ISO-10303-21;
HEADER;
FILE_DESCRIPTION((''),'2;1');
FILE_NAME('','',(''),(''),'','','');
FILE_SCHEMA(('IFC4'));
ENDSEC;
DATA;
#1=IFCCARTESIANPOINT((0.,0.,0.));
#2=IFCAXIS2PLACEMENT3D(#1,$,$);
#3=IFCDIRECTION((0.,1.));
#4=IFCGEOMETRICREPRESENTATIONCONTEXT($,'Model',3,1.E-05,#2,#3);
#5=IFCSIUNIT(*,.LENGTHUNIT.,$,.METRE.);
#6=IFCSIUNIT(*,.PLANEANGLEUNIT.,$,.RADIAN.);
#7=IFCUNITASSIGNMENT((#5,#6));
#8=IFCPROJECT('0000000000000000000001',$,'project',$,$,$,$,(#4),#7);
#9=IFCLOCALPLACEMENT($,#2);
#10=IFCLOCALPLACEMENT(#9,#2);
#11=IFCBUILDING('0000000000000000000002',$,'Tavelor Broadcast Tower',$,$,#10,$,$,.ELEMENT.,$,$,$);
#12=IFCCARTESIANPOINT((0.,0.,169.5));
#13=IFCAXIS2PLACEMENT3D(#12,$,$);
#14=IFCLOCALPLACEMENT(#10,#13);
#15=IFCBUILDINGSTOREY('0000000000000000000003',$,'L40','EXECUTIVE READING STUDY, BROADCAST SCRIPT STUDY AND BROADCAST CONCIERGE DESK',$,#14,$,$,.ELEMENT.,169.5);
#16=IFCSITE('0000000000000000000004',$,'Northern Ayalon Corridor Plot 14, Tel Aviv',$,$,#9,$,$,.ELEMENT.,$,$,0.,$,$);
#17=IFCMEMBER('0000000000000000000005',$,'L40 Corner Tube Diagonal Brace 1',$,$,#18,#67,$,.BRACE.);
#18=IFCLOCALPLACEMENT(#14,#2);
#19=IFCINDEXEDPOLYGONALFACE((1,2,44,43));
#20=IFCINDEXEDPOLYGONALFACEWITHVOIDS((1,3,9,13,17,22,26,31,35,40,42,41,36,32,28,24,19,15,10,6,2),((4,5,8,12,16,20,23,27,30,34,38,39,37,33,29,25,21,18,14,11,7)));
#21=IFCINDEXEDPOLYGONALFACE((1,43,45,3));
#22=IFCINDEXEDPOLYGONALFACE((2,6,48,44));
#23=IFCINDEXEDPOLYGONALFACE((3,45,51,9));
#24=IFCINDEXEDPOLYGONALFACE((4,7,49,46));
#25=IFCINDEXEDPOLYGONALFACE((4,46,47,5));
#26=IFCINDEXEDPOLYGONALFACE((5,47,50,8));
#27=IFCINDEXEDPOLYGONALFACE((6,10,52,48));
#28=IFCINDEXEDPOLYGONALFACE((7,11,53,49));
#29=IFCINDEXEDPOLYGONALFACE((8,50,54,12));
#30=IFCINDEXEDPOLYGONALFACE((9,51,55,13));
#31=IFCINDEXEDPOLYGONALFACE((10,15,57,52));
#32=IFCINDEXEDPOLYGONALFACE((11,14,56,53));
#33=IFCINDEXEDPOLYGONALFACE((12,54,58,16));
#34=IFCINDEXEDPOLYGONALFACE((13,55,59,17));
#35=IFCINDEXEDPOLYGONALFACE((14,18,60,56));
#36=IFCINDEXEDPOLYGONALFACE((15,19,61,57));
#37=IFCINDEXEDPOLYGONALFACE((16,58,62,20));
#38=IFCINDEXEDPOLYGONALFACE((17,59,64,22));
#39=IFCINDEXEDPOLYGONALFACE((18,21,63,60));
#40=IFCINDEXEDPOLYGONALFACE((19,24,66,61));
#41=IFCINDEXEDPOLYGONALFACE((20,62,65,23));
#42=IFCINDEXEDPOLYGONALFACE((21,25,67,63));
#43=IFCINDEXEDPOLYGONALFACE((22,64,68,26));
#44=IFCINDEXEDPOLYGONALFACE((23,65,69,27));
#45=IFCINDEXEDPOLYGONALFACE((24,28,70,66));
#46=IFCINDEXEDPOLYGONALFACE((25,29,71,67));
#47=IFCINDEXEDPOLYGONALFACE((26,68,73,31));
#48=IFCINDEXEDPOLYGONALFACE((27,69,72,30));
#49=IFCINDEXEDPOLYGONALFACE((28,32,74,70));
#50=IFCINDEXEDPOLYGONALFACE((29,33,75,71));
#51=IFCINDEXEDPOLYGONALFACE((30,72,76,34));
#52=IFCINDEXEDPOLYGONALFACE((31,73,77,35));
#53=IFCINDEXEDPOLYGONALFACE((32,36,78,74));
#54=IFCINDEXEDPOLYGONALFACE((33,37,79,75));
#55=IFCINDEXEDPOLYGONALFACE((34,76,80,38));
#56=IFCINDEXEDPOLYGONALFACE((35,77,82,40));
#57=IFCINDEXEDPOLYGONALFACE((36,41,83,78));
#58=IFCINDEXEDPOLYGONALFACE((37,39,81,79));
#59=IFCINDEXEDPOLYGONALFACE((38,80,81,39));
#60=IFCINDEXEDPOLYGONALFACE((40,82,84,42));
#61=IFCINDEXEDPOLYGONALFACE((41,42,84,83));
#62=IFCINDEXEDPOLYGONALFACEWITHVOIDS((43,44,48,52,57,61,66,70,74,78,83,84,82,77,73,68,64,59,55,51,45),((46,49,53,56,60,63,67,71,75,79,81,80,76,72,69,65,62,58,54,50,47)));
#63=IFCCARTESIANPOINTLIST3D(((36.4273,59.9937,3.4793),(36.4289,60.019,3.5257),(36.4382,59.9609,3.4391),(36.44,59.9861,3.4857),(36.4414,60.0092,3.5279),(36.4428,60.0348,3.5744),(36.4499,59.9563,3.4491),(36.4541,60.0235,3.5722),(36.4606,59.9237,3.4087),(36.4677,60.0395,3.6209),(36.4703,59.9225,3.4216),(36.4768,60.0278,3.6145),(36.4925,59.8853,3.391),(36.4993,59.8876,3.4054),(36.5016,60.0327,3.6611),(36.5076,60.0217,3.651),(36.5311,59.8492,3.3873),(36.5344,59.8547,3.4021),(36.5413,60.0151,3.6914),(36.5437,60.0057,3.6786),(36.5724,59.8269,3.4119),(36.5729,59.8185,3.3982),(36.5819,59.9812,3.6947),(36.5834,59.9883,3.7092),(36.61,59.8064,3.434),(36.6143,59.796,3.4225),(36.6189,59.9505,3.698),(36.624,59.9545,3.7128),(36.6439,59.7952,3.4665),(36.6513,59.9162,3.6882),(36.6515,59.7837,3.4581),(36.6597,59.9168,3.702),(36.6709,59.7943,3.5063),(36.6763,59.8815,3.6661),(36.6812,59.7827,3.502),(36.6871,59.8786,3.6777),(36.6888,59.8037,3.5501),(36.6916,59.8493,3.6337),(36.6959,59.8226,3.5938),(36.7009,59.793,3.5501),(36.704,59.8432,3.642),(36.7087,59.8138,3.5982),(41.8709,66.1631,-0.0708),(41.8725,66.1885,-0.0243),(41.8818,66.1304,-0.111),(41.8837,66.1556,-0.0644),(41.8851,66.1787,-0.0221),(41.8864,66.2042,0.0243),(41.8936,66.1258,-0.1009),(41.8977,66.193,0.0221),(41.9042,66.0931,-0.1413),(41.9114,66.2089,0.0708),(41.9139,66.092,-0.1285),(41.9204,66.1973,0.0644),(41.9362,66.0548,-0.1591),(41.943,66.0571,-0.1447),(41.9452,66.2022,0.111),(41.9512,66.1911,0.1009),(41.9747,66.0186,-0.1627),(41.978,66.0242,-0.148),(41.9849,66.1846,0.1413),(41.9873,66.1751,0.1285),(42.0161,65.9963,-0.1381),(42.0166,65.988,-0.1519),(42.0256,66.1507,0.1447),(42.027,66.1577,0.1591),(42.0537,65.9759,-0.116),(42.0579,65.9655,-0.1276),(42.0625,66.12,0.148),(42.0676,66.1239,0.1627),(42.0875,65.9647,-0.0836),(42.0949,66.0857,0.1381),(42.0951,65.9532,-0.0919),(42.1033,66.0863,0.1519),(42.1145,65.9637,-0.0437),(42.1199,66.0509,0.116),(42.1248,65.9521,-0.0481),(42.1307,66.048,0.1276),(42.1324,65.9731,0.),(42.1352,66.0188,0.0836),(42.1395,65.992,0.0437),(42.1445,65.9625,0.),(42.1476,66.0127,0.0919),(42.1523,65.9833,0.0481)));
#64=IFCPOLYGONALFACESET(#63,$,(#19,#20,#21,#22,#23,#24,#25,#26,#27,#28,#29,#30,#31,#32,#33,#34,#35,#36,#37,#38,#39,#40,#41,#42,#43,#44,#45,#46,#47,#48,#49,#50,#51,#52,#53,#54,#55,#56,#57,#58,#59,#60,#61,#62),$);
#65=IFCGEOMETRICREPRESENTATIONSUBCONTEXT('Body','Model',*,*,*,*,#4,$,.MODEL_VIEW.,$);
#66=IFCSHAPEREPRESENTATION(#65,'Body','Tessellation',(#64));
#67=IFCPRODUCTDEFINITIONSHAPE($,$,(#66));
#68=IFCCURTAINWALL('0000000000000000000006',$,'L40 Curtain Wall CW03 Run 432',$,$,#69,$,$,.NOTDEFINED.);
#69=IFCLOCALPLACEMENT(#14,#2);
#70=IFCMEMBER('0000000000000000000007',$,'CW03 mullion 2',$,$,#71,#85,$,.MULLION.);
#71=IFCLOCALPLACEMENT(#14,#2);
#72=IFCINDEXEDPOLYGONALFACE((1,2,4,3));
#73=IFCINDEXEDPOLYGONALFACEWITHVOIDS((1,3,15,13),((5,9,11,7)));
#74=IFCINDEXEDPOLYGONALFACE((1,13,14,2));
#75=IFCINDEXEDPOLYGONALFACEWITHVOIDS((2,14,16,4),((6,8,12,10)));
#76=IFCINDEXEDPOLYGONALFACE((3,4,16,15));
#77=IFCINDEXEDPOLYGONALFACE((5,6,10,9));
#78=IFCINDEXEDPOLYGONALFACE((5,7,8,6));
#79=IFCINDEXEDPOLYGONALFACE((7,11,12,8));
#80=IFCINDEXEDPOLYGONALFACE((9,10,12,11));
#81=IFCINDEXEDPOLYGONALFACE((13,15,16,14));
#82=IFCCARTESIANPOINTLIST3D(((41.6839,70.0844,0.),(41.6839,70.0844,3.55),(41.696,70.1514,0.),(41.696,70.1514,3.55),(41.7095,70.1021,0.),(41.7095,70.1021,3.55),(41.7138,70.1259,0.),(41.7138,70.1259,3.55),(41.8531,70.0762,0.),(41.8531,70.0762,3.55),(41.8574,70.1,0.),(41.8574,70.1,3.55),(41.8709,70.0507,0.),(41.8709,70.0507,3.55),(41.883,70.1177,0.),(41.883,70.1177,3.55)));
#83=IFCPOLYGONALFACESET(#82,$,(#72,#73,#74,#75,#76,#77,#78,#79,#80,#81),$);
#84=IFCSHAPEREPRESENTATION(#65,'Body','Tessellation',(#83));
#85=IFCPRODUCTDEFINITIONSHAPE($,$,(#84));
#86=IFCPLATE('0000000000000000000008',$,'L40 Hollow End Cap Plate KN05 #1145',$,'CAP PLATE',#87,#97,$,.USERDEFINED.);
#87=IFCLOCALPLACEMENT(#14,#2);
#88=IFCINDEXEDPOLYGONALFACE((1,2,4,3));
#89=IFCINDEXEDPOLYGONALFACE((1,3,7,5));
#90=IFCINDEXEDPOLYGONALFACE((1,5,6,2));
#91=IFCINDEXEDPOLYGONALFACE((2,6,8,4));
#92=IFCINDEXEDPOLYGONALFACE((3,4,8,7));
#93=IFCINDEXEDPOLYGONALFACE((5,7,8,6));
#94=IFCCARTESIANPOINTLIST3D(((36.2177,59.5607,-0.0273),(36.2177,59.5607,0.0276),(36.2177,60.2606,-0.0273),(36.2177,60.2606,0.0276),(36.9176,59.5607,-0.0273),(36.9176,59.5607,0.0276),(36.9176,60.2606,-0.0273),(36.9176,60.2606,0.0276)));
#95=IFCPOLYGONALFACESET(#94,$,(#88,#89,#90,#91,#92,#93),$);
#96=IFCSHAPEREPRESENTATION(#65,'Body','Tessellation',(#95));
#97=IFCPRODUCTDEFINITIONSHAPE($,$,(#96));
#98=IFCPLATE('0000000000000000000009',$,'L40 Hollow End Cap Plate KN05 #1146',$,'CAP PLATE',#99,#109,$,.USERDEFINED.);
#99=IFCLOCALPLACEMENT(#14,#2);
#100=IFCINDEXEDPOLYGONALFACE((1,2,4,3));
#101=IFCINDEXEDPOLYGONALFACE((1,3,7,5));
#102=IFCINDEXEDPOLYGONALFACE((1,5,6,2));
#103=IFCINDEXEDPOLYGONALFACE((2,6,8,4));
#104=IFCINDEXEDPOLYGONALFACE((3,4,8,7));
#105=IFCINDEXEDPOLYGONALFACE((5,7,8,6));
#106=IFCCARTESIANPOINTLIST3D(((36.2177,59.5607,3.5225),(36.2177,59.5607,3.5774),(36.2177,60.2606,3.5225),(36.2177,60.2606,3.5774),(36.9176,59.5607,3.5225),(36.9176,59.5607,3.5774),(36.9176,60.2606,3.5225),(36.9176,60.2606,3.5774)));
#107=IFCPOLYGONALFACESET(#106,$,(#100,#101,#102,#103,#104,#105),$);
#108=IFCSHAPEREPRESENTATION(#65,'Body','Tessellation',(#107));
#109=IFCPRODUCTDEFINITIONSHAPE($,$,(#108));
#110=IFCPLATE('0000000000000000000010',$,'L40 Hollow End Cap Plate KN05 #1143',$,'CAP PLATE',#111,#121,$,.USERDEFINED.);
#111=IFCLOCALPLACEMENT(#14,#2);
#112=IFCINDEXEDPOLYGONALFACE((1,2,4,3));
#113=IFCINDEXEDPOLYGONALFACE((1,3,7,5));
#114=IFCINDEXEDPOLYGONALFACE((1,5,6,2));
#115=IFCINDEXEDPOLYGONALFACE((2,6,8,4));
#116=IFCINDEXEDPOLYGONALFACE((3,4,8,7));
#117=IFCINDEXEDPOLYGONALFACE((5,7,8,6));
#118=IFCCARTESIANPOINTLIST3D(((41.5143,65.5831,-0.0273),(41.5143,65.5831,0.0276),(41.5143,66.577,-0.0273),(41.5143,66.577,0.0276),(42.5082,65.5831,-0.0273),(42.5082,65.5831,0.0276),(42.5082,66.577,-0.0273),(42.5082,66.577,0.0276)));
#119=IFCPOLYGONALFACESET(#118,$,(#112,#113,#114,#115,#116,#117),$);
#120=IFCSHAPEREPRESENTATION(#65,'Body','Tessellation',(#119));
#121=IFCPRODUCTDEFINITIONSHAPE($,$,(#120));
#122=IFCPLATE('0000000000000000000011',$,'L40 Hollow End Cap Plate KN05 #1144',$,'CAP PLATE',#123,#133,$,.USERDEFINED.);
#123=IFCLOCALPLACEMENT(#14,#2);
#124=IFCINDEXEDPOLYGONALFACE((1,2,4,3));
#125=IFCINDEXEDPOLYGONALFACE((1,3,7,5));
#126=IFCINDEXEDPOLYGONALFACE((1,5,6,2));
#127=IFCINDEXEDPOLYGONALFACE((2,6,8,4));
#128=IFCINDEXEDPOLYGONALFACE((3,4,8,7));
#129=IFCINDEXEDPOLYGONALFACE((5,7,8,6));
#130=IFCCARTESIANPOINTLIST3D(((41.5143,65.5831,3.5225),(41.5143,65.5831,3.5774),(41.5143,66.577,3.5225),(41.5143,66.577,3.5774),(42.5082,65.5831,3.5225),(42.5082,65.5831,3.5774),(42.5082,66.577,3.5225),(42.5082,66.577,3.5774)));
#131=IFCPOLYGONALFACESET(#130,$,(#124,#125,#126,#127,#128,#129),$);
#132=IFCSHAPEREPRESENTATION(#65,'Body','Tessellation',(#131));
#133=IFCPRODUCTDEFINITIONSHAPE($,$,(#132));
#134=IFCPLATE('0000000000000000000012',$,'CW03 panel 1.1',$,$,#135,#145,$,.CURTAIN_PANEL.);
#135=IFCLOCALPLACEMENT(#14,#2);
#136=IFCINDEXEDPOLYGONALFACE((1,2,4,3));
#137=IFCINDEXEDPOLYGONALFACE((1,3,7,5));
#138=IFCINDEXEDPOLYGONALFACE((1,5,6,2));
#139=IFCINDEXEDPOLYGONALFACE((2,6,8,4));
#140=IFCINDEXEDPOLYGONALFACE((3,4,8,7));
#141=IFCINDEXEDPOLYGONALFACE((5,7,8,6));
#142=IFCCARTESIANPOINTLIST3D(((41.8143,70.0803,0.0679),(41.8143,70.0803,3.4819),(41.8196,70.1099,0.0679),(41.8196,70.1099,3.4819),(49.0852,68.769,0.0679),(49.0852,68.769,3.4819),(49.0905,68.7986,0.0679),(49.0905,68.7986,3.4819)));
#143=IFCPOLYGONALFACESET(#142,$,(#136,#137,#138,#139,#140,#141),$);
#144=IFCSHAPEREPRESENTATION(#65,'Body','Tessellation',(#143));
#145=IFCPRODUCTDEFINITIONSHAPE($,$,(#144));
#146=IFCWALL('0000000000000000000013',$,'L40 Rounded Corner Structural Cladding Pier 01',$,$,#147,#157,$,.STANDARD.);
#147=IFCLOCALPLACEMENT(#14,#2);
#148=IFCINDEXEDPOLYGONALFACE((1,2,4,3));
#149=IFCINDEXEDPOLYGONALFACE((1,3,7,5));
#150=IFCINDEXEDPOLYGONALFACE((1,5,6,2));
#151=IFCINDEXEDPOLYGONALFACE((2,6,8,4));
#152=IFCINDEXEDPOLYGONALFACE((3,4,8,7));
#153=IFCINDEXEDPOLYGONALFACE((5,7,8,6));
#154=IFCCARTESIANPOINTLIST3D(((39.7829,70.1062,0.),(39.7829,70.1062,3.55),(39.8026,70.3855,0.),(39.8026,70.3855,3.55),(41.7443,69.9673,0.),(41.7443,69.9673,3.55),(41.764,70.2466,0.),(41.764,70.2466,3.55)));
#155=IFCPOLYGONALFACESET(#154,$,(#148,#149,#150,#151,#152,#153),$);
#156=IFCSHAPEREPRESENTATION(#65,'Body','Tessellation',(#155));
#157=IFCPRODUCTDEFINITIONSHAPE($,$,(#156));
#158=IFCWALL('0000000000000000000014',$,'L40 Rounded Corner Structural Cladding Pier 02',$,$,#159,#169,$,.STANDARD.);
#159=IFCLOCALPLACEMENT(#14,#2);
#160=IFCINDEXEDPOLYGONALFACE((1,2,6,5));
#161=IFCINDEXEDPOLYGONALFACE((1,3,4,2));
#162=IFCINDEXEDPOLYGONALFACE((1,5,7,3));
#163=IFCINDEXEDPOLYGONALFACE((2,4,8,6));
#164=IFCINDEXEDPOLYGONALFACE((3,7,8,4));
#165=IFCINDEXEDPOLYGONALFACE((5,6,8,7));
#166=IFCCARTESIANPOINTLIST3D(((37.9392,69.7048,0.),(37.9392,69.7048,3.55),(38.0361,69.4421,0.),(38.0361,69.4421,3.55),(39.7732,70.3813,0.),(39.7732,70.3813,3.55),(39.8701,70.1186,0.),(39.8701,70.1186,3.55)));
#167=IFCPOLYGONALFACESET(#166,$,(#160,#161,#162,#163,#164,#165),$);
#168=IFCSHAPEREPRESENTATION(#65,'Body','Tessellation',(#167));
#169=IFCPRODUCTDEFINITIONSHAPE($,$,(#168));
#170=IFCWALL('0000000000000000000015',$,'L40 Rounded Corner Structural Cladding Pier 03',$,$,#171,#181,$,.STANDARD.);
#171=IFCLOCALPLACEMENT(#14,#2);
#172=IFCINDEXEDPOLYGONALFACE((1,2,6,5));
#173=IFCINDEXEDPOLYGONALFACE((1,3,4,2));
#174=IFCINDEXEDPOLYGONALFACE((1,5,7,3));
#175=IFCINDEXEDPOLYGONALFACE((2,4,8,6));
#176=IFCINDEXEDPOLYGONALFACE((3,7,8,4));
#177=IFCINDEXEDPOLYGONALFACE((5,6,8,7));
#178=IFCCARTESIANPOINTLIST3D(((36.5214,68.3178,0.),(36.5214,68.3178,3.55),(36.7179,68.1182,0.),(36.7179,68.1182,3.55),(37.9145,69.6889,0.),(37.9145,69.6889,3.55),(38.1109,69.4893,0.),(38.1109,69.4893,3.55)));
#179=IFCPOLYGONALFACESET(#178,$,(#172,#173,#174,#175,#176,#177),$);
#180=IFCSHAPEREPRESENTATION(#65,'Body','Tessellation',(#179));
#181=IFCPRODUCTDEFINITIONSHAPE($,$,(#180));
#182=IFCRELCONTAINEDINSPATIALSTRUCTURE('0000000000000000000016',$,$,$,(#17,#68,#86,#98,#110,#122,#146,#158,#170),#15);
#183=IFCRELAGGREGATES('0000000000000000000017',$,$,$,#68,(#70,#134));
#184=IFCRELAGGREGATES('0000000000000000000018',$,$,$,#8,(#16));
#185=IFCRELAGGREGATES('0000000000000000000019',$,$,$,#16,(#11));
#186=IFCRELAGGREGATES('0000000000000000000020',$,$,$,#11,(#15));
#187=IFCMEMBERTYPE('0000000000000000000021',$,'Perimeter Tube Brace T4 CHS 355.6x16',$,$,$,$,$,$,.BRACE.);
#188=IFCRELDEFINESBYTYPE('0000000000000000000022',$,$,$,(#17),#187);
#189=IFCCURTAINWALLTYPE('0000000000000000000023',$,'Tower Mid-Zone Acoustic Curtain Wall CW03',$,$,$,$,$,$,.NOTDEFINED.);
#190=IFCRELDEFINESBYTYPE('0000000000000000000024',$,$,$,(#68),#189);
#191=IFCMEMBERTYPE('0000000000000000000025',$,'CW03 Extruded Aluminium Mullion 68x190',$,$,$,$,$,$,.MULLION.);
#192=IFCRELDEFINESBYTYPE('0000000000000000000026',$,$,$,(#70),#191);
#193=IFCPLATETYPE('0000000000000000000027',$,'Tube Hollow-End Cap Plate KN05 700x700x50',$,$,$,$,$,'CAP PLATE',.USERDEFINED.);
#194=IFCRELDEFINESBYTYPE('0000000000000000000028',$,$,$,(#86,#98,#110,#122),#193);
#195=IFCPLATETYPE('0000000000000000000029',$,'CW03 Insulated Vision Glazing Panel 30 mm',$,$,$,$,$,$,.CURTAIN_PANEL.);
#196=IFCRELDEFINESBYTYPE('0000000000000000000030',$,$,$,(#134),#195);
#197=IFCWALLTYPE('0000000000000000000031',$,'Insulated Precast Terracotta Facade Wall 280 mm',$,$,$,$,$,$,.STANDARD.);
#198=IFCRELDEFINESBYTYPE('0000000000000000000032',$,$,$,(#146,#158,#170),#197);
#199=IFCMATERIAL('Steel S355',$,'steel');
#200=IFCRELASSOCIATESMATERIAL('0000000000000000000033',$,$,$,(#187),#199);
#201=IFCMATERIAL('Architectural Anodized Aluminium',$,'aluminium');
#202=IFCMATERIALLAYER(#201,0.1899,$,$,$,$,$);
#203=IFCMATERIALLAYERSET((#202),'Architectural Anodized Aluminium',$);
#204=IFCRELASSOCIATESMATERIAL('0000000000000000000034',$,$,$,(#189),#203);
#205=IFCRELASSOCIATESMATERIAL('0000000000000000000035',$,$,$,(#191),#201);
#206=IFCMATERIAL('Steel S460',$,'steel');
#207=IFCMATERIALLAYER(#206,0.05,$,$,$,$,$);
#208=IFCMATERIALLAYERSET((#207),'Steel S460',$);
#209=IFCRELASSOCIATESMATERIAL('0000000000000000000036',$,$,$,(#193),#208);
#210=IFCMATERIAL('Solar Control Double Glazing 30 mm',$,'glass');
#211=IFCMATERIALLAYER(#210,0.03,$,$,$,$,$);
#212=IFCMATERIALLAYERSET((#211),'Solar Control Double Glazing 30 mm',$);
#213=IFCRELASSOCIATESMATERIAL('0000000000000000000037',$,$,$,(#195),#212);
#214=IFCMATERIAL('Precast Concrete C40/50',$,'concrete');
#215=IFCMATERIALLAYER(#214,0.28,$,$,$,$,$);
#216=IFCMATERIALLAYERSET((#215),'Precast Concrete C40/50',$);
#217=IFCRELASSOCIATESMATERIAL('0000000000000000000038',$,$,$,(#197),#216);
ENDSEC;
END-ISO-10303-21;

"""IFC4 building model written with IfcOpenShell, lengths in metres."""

from ifc_helpers import new_model, si_unit, direction, frame, frame_2d, origin, origin_2d, place, context, subcontext, project, spatial, rectangle, hollow_rectangle, hollow_circle, extrude, source, transform, mapped, material, layer, layer_set, material_profile, profile_set, type_object, type_shapes, element, aggregate, save


model = new_model("IFC4")

# Units and contexts
model_context = context("Model", 3, precision=1e-05, world=origin(), true_north=direction((0.0, 1.0)))
body_context = subcontext(model_context, "Body", "Model", "MODEL_VIEW")
ifc_project = project(units=[si_unit("LENGTHUNIT", "METRE"), si_unit("PLANEANGLEUNIT", "RADIAN")], contexts=[model_context])

# Site, building, storey
site_placement = place(None, origin())
site = spatial("IfcSite", under=ifc_project, at=site_placement, Name="Northern Ayalon Corridor Plot 14, Tel Aviv", CompositionType="ELEMENT", RefElevation=0.0)
building_placement = place(site_placement, origin())
building = spatial("IfcBuilding", under=site, at=building_placement, Name="Tavelor Broadcast Tower", CompositionType="ELEMENT")
storey_placement = place(building_placement, frame((0.0, 0.0, 169.5)))
storey = spatial("IfcBuildingStorey", under=building, at=storey_placement, Name="L40", Description="EXECUTIVE READING STUDY, BROADCAST SCRIPT STUDY AND BROADCAST CONCIERGE DESK", CompositionType="ELEMENT", Elevation=169.5)

# Shared definitions
ifc_material_1 = material(Name="Steel S460", Category="steel")

# Shared definitions
ifc_material_2 = material(Name="Steel S355", Category="steel")

# Member
ifc_material_profile_1 = material_profile(ifc_material_2, hollow_circle(Radius=0.1777, WallThickness=0.0161, at=origin_2d()), Name="CHS 355.6x16")
ifc_profile_set_1 = profile_set([ifc_material_profile_1], Name="Steel S355")
member_type_1 = type_object("IfcMemberType", Name="Perimeter Tube Brace T4 CHS 355.6x16", PredefinedType="BRACE", material=ifc_profile_set_1)
member_1_placement = place(storey_placement, frame((42.0112, 66.0801, 0.0), z_axis=(-0.607485, -0.688484, 0.396171), x_axis=(0.749839, -0.661621, 0.0)))
element("IfcMember", 1, at=member_1_placement, inside=storey, type_object=member_type_1, Name="L40 Corner Tube Diagonal Brace 1", PredefinedType="BRACE", context=body_context, shape_type="SweptSolid", body=[
    extrude(hollow_circle(Radius=0.1777, WallThickness=0.0161, at=origin_2d()), origin(), (0.0, 0.0, 1.0), 8.9609),
])

# Curtain wall, member
ifc_material_3 = material(Name="Architectural Anodized Aluminium", Category="aluminium")
ifc_layer_1 = layer(ifc_material_3, 0.1899)
ifc_layer_set_1 = layer_set([ifc_layer_1], Name="Architectural Anodized Aluminium")
curtain_wall_type = type_object("IfcCurtainWallType", Name="Tower Mid-Zone Acoustic Curtain Wall CW03", PredefinedType="NOTDEFINED", material=ifc_layer_set_1)
curtain_wall_placement = place(storey_placement, origin())
curtain_wall = element("IfcCurtainWall", 2, at=curtain_wall_placement, inside=storey, type_object=curtain_wall_type, Name="L40 Curtain Wall CW03 Run 432", PredefinedType="NOTDEFINED")
ifc_material_profile_2 = material_profile(ifc_material_3, hollow_rectangle(XDim=0.0681, YDim=0.1899, WallThickness=0.022, at=origin_2d()), Name="RHS 68x190x22")
ifc_profile_set_2 = profile_set([ifc_material_profile_2], Name="Architectural Anodized Aluminium")
member_type_2 = type_object("IfcMemberType", Name="CW03 Extruded Aluminium Mullion 68x190", PredefinedType="MULLION", material=ifc_profile_set_2)
shared_shape_1 = source(origin(), body_context, "Body", "SweptSolid", [
    extrude(hollow_rectangle(XDim=0.0681, YDim=0.1899, WallThickness=0.022, at=origin_2d()), origin(), (0.0, 0.0, 1.0), 3.55),
])
type_shapes(member_type_2, [shared_shape_1])
member_2_placement = place(storey_placement, frame((41.7834, 70.1011, 0.0), z_axis=(0.0, 0.0, 1.0), x_axis=(-0.177492, -0.984122, 0.0)))
member_2 = element("IfcMember", 3, at=member_2_placement, type_object=member_type_2, Name="CW03 mullion 2", PredefinedType="MULLION", context=body_context, shape_type="MappedRepresentation", body=[
    mapped(shared_shape_1, transform((0.0, 0.0, 0.0), scale=1.0)),
])

# Plates
ifc_layer_2 = layer(ifc_material_1, 0.05)
ifc_layer_set_2 = layer_set([ifc_layer_2], Name="Steel S460")
plate_type_1 = type_object("IfcPlateType", Name="Tube Hollow-End Cap Plate KN05 700x700x50", ElementType="CAP PLATE", PredefinedType="USERDEFINED", material=ifc_layer_set_2)
shared_shape_2 = source(origin(), body_context, "Body", "SweptSolid", [
    extrude(rectangle(XDim=0.7, YDim=0.7, at=origin_2d()), origin(), (0.0, 0.0, 1.0), 0.0549),
])
for number, where, z_axis, x_axis, name in (
    (4, (36.5676, 59.9106, -0.0273), (0.0, 0.0, 1.0), (1.0, 0.0, 0.0), "L40 Hollow End Cap Plate KN05 #1145"),
    (5, (36.5676, 59.9106, 3.5225), (0.0, 0.0, 1.0), (1.0, 0.0, 0.0), "L40 Hollow End Cap Plate KN05 #1146"),
):
    element("IfcPlate", number, at=place(storey_placement, frame(where, z_axis=z_axis, x_axis=x_axis)), inside=storey, type_object=plate_type_1, Name=name, ObjectType="CAP PLATE", PredefinedType="USERDEFINED", context=body_context, shape_type="MappedRepresentation", body=[
        mapped(shared_shape_2, transform((0.0, 0.0, 0.0), scale=1.0)),
    ])
shared_shape_3 = source(origin(), body_context, "Body", "SweptSolid", [
    extrude(rectangle(XDim=0.9939, YDim=0.9939, at=origin_2d()), origin(), (0.0, 0.0, 1.0), 0.0549),
])
type_shapes(plate_type_1, [shared_shape_2, shared_shape_3])
for number, where, z_axis, x_axis, name in (
    (6, (42.0112, 66.0801, -0.0273), (0.0, 0.0, 1.0), (1.0, 0.0, 0.0), "L40 Hollow End Cap Plate KN05 #1143"),
    (7, (42.0112, 66.0801, 3.5225), (0.0, 0.0, 1.0), (1.0, 0.0, 0.0), "L40 Hollow End Cap Plate KN05 #1144"),
):
    element("IfcPlate", number, at=place(storey_placement, frame(where, z_axis=z_axis, x_axis=x_axis)), inside=storey, type_object=plate_type_1, Name=name, ObjectType="CAP PLATE", PredefinedType="USERDEFINED", context=body_context, shape_type="MappedRepresentation", body=[
        mapped(shared_shape_3, transform((0.0, 0.0, 0.0), scale=1.0)),
    ])

# Plate
ifc_material_4 = material(Name="Solar Control Double Glazing 30 mm", Category="glass")
ifc_layer_3 = layer(ifc_material_4, 0.03)
ifc_layer_set_3 = layer_set([ifc_layer_3], Name="Solar Control Double Glazing 30 mm")
plate_type_2 = type_object("IfcPlateType", Name="CW03 Insulated Vision Glazing Panel 30 mm", PredefinedType="CURTAIN_PANEL", material=ifc_layer_set_3)
shared_shape_4 = source(origin(), body_context, "Body", "SweptSolid", [
    extrude(rectangle(XDim=7.3882, YDim=0.03, at=origin_2d()), origin(), (0.0, 0.0, 1.0), 3.4141),
])
type_shapes(plate_type_2, [shared_shape_4])
plate_placement = place(storey_placement, frame((45.4524, 69.4395, 0.0679), z_axis=(0.0, 0.0, 1.0), x_axis=(-0.984122, 0.177492, 0.0)))
plate = element("IfcPlate", 8, at=plate_placement, type_object=plate_type_2, Name="CW03 panel 1.1", PredefinedType="CURTAIN_PANEL", context=body_context, shape_type="MappedRepresentation", body=[
    mapped(shared_shape_4, transform((0.0, 0.0, 0.0), scale=1.0)),
])
aggregate(curtain_wall, [member_2, plate])

# Walls
ifc_material_5 = material(Name="Precast Concrete C40/50", Category="concrete")
ifc_layer_4 = layer(ifc_material_5, 0.28)
ifc_layer_set_4 = layer_set([ifc_layer_4], Name="Precast Concrete C40/50")
wall_type_1 = type_object("IfcWallType", Name="Insulated Precast Terracotta Facade Wall 280 mm", PredefinedType="STANDARD", material=ifc_layer_set_4)
wall_1_placement = place(storey_placement, frame((41.7542, 70.1069, 0.0), z_axis=(0.0, 0.0, 1.0), x_axis=(-0.997501, 0.070647, 0.0)))
element("IfcWall", 9, at=wall_1_placement, inside=storey, type_object=wall_type_1, Name="L40 Rounded Corner Structural Cladding Pier 01", PredefinedType="STANDARD", context=body_context, shape_type="SweptSolid", body=[
    extrude(rectangle(XDim=1.9663, YDim=0.28, at=frame_2d((0.9832, 0.0))), origin(), (0.0, 0.0, 1.0), 3.55),
])
wall_2_placement = place(storey_placement, frame((39.8218, 70.25, 0.0), z_axis=(0.0, 0.0, 1.0), x_axis=(-0.938204, -0.346082, 0.0)))
element("IfcWall", 10, at=wall_2_placement, inside=storey, type_object=wall_type_1, Name="L40 Rounded Corner Structural Cladding Pier 02", PredefinedType="STANDARD", context=body_context, shape_type="SweptSolid", body=[
    extrude(rectangle(XDim=1.9548, YDim=0.28, at=frame_2d((0.9775, 0.0))), origin(), (0.0, 0.0, 1.0), 3.55),
])
wall_3_placement = place(storey_placement, frame((38.0127, 69.5891, 0.0), z_axis=(0.0, 0.0, 1.0), x_axis=(-0.712705, -0.701464, 0.0)))
element("IfcWall", 11, at=wall_3_placement, inside=storey, type_object=wall_type_1, Name="L40 Rounded Corner Structural Cladding Pier 03", PredefinedType="STANDARD", context=body_context, shape_type="SweptSolid", body=[
    extrude(rectangle(XDim=1.9546, YDim=0.28, at=frame_2d((0.9773, 0.0))), origin(), (0.0, 0.0, 1.0), 3.55),
])

save(model, "model.ifc")
